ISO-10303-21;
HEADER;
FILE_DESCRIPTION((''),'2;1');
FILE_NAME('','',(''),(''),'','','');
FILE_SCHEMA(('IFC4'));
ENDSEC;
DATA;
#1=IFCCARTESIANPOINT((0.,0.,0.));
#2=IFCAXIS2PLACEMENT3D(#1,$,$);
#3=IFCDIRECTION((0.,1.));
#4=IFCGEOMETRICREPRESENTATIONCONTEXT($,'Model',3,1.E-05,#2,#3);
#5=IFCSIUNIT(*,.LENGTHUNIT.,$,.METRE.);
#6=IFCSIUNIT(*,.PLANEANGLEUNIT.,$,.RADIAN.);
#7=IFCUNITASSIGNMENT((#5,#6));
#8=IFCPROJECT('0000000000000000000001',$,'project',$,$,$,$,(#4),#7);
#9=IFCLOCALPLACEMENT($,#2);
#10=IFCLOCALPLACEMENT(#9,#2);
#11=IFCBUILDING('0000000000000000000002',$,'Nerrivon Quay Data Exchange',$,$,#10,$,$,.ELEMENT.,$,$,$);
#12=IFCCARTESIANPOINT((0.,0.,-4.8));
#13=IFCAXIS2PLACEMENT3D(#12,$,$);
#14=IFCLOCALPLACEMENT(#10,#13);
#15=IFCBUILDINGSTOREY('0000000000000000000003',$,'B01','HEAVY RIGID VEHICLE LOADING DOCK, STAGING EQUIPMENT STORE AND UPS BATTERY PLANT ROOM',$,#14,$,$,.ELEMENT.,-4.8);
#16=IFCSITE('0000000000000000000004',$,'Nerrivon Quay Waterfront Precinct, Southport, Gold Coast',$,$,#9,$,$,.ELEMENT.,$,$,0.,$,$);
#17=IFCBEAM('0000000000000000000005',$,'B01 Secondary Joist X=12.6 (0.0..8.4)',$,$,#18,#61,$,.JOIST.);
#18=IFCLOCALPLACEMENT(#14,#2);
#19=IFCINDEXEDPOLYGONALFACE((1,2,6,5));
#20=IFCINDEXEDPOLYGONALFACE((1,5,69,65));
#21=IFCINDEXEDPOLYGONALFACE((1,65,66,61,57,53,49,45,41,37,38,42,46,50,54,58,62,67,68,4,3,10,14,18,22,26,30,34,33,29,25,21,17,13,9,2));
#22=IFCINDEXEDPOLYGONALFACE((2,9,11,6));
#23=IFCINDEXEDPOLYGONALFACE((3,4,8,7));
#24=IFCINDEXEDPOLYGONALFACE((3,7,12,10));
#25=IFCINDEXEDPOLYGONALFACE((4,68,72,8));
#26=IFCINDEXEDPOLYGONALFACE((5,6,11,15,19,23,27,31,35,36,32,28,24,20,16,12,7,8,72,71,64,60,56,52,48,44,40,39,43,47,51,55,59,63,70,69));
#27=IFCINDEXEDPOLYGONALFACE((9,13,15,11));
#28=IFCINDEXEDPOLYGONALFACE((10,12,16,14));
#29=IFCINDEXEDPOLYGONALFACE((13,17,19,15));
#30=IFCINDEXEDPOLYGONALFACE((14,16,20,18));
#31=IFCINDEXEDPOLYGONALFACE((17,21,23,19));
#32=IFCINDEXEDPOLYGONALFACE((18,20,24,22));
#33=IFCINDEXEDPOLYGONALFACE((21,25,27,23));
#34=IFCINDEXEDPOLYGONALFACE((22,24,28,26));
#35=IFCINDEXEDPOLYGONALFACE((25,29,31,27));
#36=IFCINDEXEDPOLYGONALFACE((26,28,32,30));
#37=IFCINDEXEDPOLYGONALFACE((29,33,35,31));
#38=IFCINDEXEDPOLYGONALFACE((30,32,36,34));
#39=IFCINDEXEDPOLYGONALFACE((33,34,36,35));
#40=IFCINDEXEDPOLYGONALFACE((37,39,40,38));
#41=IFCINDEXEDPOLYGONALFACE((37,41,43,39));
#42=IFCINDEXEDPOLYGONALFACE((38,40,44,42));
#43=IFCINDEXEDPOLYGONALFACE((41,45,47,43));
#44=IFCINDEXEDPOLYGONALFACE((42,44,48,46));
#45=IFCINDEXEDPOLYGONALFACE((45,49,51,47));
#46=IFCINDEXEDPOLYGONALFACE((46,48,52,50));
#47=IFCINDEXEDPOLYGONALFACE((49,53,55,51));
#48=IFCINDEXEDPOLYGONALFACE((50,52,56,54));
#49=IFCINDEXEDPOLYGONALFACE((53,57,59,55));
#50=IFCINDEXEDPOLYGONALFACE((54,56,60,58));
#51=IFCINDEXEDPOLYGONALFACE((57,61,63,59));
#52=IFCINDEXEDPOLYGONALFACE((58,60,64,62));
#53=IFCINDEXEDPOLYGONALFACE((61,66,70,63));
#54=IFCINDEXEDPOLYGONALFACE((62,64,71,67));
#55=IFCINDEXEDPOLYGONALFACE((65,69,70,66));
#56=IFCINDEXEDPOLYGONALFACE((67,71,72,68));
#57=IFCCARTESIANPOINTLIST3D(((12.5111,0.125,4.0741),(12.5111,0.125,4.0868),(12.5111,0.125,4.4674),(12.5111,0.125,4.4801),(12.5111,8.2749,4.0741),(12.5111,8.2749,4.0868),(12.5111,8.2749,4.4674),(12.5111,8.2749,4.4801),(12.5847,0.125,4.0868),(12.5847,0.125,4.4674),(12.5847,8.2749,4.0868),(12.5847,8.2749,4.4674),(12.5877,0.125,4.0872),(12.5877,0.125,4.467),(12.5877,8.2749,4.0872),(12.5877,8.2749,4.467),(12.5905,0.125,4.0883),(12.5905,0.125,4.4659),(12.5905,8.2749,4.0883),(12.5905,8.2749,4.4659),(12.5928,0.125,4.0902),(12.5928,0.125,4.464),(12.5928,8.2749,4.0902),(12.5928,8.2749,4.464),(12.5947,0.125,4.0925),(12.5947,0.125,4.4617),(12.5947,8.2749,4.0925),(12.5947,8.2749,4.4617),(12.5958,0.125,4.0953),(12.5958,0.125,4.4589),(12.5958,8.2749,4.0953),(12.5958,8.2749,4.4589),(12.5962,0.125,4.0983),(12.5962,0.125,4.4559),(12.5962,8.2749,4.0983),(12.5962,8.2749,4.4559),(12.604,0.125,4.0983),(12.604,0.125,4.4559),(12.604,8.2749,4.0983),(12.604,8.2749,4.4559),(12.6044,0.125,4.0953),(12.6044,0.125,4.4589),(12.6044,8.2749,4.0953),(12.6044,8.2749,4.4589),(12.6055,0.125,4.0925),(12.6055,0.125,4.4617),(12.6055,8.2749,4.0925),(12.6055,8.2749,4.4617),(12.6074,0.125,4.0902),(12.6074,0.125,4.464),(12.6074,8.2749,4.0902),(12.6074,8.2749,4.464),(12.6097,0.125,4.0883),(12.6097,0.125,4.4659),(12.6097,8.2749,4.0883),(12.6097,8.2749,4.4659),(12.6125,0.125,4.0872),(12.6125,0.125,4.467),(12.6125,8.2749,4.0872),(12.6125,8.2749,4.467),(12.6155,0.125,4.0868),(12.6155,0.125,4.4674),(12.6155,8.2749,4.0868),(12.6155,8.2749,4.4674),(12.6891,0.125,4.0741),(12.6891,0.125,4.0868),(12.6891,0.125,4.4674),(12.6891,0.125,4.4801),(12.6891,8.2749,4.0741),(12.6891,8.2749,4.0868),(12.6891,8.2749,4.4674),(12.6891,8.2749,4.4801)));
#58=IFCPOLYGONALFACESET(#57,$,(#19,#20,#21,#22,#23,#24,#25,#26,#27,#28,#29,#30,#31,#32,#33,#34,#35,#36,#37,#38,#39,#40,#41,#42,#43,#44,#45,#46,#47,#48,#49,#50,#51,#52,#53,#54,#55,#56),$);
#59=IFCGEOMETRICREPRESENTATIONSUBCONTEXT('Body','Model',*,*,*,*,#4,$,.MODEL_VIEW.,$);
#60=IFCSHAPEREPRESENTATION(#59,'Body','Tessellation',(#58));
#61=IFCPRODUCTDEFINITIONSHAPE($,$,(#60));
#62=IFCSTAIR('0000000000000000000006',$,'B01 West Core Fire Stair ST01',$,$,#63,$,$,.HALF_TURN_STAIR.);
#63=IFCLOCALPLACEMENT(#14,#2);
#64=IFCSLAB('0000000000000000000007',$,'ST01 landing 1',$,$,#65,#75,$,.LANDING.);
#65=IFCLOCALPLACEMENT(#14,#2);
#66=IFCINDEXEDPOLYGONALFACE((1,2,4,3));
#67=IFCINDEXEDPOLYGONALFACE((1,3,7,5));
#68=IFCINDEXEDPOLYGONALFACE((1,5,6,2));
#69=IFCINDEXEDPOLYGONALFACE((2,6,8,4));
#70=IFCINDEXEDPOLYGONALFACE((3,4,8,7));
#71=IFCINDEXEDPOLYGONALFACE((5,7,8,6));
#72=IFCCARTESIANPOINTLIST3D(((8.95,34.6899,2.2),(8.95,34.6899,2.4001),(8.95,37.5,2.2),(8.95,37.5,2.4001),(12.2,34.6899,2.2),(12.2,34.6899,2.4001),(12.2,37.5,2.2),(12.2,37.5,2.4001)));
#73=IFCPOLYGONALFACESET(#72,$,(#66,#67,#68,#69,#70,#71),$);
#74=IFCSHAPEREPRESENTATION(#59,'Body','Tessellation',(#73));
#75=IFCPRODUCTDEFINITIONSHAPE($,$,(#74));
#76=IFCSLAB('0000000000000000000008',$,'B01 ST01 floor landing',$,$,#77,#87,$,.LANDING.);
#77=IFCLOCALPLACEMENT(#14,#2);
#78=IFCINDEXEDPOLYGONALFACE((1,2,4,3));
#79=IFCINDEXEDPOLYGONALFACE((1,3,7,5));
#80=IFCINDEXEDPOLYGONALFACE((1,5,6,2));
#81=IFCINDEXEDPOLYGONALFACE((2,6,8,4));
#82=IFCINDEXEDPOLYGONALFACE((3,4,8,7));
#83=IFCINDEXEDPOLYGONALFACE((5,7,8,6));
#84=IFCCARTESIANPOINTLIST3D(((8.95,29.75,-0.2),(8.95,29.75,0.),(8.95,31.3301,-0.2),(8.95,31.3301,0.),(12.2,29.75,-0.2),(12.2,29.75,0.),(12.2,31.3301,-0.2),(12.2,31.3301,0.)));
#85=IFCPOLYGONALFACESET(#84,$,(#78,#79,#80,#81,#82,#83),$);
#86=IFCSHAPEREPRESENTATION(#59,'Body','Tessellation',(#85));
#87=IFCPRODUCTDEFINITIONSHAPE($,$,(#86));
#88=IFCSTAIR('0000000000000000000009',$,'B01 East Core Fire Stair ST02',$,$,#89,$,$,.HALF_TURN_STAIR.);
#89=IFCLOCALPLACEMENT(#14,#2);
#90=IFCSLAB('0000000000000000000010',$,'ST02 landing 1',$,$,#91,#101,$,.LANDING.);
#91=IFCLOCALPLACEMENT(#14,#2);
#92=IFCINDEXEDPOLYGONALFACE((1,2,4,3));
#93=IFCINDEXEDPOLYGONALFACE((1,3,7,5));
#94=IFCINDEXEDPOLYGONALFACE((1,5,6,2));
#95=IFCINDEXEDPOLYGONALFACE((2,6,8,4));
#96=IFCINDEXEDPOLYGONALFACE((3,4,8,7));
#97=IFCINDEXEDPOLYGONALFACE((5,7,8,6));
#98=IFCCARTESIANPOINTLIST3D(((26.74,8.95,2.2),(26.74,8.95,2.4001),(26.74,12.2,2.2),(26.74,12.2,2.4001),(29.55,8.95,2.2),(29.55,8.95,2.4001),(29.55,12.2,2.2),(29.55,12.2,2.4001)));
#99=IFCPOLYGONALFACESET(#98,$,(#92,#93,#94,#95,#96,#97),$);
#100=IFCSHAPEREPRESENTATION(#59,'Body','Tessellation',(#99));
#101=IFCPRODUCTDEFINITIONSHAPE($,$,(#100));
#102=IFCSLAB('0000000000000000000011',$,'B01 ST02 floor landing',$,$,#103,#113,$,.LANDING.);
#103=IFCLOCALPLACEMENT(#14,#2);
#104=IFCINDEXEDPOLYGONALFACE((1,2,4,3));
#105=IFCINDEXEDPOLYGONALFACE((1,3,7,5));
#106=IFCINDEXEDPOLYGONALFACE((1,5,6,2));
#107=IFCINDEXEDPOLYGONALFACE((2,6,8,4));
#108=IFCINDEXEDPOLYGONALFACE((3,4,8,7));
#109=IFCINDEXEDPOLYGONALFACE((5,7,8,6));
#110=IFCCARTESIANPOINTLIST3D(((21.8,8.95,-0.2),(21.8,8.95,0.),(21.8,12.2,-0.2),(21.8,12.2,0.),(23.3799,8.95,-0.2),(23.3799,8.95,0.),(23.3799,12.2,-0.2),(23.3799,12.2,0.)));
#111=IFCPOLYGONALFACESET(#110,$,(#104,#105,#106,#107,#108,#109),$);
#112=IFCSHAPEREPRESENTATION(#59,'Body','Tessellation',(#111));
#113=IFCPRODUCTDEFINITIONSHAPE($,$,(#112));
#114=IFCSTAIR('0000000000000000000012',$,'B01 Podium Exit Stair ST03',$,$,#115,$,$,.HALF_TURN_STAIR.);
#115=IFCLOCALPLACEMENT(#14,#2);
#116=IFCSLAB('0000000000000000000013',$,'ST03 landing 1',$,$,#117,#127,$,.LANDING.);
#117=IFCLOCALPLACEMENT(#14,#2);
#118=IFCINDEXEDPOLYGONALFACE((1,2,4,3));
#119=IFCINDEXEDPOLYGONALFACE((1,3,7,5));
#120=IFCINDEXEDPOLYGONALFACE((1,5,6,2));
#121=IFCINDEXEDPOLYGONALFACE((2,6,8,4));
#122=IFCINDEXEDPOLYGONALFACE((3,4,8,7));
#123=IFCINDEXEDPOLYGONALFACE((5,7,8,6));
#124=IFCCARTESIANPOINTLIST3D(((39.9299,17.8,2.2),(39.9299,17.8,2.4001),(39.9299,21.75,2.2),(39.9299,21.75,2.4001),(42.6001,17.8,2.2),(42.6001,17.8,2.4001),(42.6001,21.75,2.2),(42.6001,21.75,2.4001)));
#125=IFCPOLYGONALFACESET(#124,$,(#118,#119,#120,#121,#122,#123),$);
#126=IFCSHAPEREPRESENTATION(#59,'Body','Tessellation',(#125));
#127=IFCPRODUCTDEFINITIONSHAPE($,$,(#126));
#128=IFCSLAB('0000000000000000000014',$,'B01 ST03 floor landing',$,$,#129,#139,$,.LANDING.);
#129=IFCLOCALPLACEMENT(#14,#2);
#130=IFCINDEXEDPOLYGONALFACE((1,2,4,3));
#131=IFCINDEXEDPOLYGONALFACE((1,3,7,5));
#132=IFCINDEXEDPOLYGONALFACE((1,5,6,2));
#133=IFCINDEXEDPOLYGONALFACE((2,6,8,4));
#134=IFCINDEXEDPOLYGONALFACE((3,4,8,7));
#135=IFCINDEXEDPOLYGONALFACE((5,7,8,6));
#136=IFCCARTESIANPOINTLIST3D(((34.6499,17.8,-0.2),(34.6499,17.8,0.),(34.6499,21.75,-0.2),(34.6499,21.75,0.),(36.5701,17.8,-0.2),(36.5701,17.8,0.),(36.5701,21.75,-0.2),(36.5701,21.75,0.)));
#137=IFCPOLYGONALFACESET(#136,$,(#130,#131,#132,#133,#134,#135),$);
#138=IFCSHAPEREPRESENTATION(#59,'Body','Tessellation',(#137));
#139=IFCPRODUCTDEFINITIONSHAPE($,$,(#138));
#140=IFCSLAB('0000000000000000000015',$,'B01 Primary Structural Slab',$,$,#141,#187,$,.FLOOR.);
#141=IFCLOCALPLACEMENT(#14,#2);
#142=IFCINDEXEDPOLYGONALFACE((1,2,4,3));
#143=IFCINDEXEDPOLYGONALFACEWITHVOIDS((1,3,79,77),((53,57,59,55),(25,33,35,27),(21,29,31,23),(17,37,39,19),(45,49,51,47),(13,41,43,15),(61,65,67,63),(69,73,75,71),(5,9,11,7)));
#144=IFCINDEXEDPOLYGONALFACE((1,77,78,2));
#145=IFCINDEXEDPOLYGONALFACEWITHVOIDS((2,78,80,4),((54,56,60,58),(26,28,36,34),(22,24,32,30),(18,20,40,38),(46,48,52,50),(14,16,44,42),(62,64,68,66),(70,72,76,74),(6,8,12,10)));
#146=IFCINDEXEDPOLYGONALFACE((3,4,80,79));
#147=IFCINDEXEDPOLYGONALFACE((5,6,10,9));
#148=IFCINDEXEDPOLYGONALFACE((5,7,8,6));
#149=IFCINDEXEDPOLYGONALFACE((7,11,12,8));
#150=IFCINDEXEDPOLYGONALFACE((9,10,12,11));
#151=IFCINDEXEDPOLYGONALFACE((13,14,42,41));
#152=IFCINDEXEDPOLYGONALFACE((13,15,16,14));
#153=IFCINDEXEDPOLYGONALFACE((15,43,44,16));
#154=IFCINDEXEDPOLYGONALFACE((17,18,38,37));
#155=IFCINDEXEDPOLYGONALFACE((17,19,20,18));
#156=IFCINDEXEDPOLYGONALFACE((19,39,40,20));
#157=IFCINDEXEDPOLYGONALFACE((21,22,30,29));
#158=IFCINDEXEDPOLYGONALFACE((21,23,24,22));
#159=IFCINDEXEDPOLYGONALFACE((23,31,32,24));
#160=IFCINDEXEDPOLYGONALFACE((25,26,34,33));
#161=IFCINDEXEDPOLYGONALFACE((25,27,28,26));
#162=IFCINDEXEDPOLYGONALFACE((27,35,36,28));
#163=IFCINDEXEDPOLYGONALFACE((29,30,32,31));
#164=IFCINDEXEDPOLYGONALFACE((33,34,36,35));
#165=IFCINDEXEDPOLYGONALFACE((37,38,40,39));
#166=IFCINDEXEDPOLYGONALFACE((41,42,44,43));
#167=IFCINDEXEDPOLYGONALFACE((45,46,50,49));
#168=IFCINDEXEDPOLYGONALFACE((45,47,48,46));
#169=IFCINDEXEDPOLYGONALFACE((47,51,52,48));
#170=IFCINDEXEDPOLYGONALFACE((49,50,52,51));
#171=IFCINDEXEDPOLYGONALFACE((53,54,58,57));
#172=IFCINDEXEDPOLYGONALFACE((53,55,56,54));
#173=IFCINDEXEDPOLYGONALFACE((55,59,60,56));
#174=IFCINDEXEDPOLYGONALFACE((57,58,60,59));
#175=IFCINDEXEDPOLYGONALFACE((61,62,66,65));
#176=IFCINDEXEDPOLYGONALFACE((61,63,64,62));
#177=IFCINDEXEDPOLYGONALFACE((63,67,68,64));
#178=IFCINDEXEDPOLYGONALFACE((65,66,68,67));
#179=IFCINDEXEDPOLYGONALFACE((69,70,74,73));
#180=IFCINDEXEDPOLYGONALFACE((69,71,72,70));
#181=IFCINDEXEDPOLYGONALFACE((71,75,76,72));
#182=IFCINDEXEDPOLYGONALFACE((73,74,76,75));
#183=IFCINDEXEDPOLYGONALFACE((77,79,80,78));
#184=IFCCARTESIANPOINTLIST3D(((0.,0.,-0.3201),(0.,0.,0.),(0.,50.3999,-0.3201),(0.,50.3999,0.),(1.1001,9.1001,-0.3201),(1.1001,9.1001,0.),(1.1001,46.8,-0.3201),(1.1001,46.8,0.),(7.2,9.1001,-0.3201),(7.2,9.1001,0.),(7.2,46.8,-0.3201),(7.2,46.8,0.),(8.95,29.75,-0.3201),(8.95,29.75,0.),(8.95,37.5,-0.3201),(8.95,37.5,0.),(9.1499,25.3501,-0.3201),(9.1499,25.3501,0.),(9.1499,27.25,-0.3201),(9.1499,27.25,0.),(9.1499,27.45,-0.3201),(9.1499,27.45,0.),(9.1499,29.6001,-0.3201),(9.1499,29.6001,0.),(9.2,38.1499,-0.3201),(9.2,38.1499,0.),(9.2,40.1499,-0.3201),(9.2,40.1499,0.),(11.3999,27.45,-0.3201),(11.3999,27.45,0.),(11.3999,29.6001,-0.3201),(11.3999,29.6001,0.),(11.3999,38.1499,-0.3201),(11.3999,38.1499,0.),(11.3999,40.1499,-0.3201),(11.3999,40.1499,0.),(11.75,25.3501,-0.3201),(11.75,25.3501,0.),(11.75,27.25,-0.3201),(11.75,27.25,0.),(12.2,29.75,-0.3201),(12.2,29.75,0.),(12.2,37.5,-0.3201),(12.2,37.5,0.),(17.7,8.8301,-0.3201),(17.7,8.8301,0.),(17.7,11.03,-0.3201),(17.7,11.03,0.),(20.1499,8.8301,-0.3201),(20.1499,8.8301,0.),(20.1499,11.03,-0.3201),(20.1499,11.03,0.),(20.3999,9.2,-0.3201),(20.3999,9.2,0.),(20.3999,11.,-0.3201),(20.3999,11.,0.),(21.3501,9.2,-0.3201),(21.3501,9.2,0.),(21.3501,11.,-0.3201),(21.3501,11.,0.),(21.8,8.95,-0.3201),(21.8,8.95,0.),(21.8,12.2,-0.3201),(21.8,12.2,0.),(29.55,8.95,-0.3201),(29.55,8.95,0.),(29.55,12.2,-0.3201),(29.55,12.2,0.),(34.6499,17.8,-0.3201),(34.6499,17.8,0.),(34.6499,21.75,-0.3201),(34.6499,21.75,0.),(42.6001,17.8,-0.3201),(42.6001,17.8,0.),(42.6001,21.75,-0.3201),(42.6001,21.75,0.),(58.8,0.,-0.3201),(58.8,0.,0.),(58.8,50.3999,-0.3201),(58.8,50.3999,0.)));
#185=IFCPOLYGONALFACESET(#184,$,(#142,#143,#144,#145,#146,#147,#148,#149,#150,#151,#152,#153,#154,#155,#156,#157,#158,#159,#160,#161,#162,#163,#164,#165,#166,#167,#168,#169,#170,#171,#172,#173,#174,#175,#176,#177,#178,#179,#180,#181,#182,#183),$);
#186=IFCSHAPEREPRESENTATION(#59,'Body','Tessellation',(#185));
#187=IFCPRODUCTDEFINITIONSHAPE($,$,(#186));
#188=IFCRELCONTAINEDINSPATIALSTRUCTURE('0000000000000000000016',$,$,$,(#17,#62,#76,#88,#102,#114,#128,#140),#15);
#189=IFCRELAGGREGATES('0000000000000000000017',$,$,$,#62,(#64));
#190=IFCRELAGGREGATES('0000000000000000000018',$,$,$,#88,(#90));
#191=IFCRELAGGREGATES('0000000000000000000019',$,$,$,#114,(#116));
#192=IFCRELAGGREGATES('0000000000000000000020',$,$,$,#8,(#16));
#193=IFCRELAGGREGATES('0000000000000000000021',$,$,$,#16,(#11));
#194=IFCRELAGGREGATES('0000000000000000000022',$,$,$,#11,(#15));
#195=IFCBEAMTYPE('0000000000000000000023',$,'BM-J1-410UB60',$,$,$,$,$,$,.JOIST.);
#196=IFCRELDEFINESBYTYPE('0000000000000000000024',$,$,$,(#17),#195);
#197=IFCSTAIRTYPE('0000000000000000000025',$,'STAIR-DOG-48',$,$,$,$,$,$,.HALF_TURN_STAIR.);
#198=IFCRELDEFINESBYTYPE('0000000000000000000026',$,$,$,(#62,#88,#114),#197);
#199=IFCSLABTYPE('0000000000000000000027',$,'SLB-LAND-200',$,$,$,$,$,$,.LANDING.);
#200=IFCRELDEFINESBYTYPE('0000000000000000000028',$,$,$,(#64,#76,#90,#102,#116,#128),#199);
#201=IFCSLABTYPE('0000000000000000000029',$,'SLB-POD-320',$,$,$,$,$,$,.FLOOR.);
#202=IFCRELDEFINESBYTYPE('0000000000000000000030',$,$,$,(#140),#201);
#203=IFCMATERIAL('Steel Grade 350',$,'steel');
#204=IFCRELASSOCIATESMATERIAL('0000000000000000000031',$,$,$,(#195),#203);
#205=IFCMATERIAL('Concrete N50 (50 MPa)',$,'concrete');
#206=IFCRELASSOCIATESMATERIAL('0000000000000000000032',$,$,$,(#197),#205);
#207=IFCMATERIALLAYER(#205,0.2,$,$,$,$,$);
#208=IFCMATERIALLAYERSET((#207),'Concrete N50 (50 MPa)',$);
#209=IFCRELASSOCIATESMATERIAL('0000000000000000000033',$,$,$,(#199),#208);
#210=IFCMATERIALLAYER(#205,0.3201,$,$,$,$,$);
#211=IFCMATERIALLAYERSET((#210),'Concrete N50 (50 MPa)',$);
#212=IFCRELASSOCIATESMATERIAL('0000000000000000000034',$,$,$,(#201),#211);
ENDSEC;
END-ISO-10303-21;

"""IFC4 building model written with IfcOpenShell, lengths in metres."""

from ifc_helpers import new_model, si_unit, direction, frame, origin, origin_2d, place, context, subcontext, project, spatial, polyline, i_section, outline, extrude, material, layer, layer_set, material_profile, profile_set, type_object, element, aggregate, save


model = new_model("IFC4")

# Units and contexts
model_context = context("Model", 3, precision=1e-05, world=origin(), true_north=direction((0.0, 1.0)))
body_context = subcontext(model_context, "Body", "Model", "MODEL_VIEW")
ifc_project = project(units=[si_unit("LENGTHUNIT", "METRE"), si_unit("PLANEANGLEUNIT", "RADIAN")], contexts=[model_context])

# Site, building, storey
site_placement = place(None, origin())
site = spatial("IfcSite", under=ifc_project, at=site_placement, Name="Nerrivon Quay Waterfront Precinct, Southport, Gold Coast", CompositionType="ELEMENT", RefElevation=0.0)
building_placement = place(site_placement, origin())
building = spatial("IfcBuilding", under=site, at=building_placement, Name="Nerrivon Quay Data Exchange", CompositionType="ELEMENT")
storey_placement = place(building_placement, frame((0.0, 0.0, -4.8)))
storey = spatial("IfcBuildingStorey", under=building, at=storey_placement, Name="B01", Description="HEAVY RIGID VEHICLE LOADING DOCK, STAGING EQUIPMENT STORE AND UPS BATTERY PLANT ROOM", CompositionType="ELEMENT", Elevation=-4.8)

# Beam
ifc_material_1 = material(Name="Steel Grade 350", Category="steel")
ifc_material_profile_1 = material_profile(ifc_material_1, i_section(OverallWidth=0.178, OverallDepth=0.406, WebThickness=0.0078, FlangeThickness=0.0127, FilletRadius=0.0115, at=origin_2d()), Name="410UB59.7")
ifc_profile_set_1 = profile_set([ifc_material_profile_1], Name="Steel Grade 350")
beam_type_1 = type_object("IfcBeamType", Name="BM-J1-410UB60", PredefinedType="JOIST", material=ifc_profile_set_1)
beam_placement = place(storey_placement, frame((12.6001, 0.125, 4.2771), z_axis=(0.0, 1.0, 0.0), x_axis=(-1.0, 0.0, 0.0)))
element("IfcBeam", 1, at=beam_placement, inside=storey, type_object=beam_type_1, Name="B01 Secondary Joist X=12.6 (0.0..8.4)", PredefinedType="JOIST", context=body_context, shape_type="SweptSolid", body=[
    extrude(i_section(OverallWidth=0.178, OverallDepth=0.406, WebThickness=0.0078, FlangeThickness=0.0127, FilletRadius=0.0115, at=origin_2d()), origin(), (0.0, 0.0, 1.0), 8.1499),
])

# Stair, slab
ifc_material_2 = material(Name="Concrete N50 (50 MPa)", Category="concrete")
stair_type = type_object("IfcStairType", Name="STAIR-DOG-48", PredefinedType="HALF_TURN_STAIR", material=ifc_material_2)
stair_1_placement = place(storey_placement, origin())
stair_1 = element("IfcStair", 2, at=stair_1_placement, inside=storey, type_object=stair_type, Name="B01 West Core Fire Stair ST01", PredefinedType="HALF_TURN_STAIR")
ifc_layer_1 = layer(ifc_material_2, 0.2)
ifc_layer_set_1 = layer_set([ifc_layer_1], Name="Concrete N50 (50 MPa)")
slab_type_1 = type_object("IfcSlabType", Name="SLB-LAND-200", PredefinedType="LANDING", material=ifc_layer_set_1)
slab_1_placement = place(storey_placement, frame((0.0, 0.0, 2.2)))
slab_1 = element("IfcSlab", 3, at=slab_1_placement, type_object=slab_type_1, Name="ST01 landing 1", PredefinedType="LANDING", context=body_context, shape_type="SweptSolid", body=[
    extrude(outline(polyline([(12.2, 34.6899), (12.2, 37.5), (8.95, 37.5), (8.95, 34.6899), (12.2, 34.6899)])), origin(), (0.0, 0.0, 1.0), 0.2002),
])
aggregate(stair_1, [slab_1])

# Slab
slab_2_placement = place(storey_placement, frame((0.0, 0.0, -0.2)))
element("IfcSlab", 4, at=slab_2_placement, inside=storey, type_object=slab_type_1, Name="B01 ST01 floor landing", PredefinedType="LANDING", context=body_context, shape_type="SweptSolid", body=[
    extrude(outline(polyline([(12.2, 29.75), (12.2, 31.3301), (8.95, 31.3301), (8.95, 29.75), (12.2, 29.75)])), origin(), (0.0, 0.0, 1.0), 0.2),
])

# Stair, slab
stair_2_placement = place(storey_placement, origin())
stair_2 = element("IfcStair", 5, at=stair_2_placement, inside=storey, type_object=stair_type, Name="B01 East Core Fire Stair ST02", PredefinedType="HALF_TURN_STAIR")
slab_3_placement = place(storey_placement, frame((0.0, 0.0, 2.2)))
slab_3 = element("IfcSlab", 6, at=slab_3_placement, type_object=slab_type_1, Name="ST02 landing 1", PredefinedType="LANDING", context=body_context, shape_type="SweptSolid", body=[
    extrude(outline(polyline([(26.74, 8.95), (29.55, 8.95), (29.55, 12.2), (26.74, 12.2), (26.74, 8.95)])), origin(), (0.0, 0.0, 1.0), 0.2002),
])
aggregate(stair_2, [slab_3])

# Slab
slab_4_placement = place(storey_placement, frame((0.0, 0.0, -0.2)))
element("IfcSlab", 7, at=slab_4_placement, inside=storey, type_object=slab_type_1, Name="B01 ST02 floor landing", PredefinedType="LANDING", context=body_context, shape_type="SweptSolid", body=[
    extrude(outline(polyline([(21.8, 8.95), (23.3799, 8.95), (23.3799, 12.2), (21.8, 12.2), (21.8, 8.95)])), origin(), (0.0, 0.0, 1.0), 0.2),
])

# Stair, slab
stair_3_placement = place(storey_placement, origin())
stair_3 = element("IfcStair", 8, at=stair_3_placement, inside=storey, type_object=stair_type, Name="B01 Podium Exit Stair ST03", PredefinedType="HALF_TURN_STAIR")
slab_5_placement = place(storey_placement, frame((0.0, 0.0, 2.2)))
slab_5 = element("IfcSlab", 9, at=slab_5_placement, type_object=slab_type_1, Name="ST03 landing 1", PredefinedType="LANDING", context=body_context, shape_type="SweptSolid", body=[
    extrude(outline(polyline([(39.9299, 17.8), (42.6001, 17.8), (42.6001, 21.75), (39.9299, 21.75), (39.9299, 17.8)])), origin(), (0.0, 0.0, 1.0), 0.2002),
])
aggregate(stair_3, [slab_5])

# Slabs
slab_6_placement = place(storey_placement, frame((0.0, 0.0, -0.2)))
element("IfcSlab", 10, at=slab_6_placement, inside=storey, type_object=slab_type_1, Name="B01 ST03 floor landing", PredefinedType="LANDING", context=body_context, shape_type="SweptSolid", body=[
    extrude(outline(polyline([(34.6499, 17.8), (36.5701, 17.8), (36.5701, 21.75), (34.6499, 21.75), (34.6499, 17.8)])), origin(), (0.0, 0.0, 1.0), 0.2),
])
ifc_layer_2 = layer(ifc_material_2, 0.3201)
ifc_layer_set_2 = layer_set([ifc_layer_2], Name="Concrete N50 (50 MPa)")
slab_type_2 = type_object("IfcSlabType", Name="SLB-POD-320", PredefinedType="FLOOR", material=ifc_layer_set_2)
slab_7_placement = place(storey_placement, frame((0.0, 0.0, -0.3201)))
element("IfcSlab", 11, at=slab_7_placement, inside=storey, type_object=slab_type_2, Name="B01 Primary Structural Slab", PredefinedType="FLOOR", context=body_context, shape_type="SweptSolid", body=[
    extrude(outline(polyline([(58.8, 0.0), (58.8, 50.3999), (0.0, 50.3999), (0.0, 0.0), (58.8, 0.0)]), holes=[polyline([(8.95, 29.75), (8.95, 37.5), (12.2, 37.5), (12.2, 29.75), (8.95, 29.75)]), polyline([(21.8, 12.2), (29.55, 12.2), (29.55, 8.95), (21.8, 8.95), (21.8, 12.2)]), polyline([(34.6499, 21.75), (42.6001, 21.75), (42.6001, 17.8), (34.6499, 17.8), (34.6499, 21.75)]), polyline([(20.3999, 9.2), (20.3999, 11.0), (21.3501, 11.0), (21.3501, 9.2), (20.3999, 9.2)]), polyline([(20.1499, 8.8301), (17.7, 8.8301), (17.7, 11.03), (20.1499, 11.03), (20.1499, 8.8301)]), polyline([(9.1499, 25.3501), (9.1499, 27.25), (11.75, 27.25), (11.75, 25.3501), (9.1499, 25.3501)]), polyline([(9.1499, 27.45), (9.1499, 29.6001), (11.3999, 29.6001), (11.3999, 27.45), (9.1499, 27.45)]), polyline([(9.2, 38.1499), (9.2, 40.1499), (11.3999, 40.1499), (11.3999, 38.1499), (9.2, 38.1499)]), polyline([(7.2, 9.1001), (1.1001, 9.1001), (1.1001, 46.8), (7.2, 46.8), (7.2, 9.1001)])]), origin(), (0.0, 0.0, 1.0), 0.3201),
])

save(model, "model.ifc")
